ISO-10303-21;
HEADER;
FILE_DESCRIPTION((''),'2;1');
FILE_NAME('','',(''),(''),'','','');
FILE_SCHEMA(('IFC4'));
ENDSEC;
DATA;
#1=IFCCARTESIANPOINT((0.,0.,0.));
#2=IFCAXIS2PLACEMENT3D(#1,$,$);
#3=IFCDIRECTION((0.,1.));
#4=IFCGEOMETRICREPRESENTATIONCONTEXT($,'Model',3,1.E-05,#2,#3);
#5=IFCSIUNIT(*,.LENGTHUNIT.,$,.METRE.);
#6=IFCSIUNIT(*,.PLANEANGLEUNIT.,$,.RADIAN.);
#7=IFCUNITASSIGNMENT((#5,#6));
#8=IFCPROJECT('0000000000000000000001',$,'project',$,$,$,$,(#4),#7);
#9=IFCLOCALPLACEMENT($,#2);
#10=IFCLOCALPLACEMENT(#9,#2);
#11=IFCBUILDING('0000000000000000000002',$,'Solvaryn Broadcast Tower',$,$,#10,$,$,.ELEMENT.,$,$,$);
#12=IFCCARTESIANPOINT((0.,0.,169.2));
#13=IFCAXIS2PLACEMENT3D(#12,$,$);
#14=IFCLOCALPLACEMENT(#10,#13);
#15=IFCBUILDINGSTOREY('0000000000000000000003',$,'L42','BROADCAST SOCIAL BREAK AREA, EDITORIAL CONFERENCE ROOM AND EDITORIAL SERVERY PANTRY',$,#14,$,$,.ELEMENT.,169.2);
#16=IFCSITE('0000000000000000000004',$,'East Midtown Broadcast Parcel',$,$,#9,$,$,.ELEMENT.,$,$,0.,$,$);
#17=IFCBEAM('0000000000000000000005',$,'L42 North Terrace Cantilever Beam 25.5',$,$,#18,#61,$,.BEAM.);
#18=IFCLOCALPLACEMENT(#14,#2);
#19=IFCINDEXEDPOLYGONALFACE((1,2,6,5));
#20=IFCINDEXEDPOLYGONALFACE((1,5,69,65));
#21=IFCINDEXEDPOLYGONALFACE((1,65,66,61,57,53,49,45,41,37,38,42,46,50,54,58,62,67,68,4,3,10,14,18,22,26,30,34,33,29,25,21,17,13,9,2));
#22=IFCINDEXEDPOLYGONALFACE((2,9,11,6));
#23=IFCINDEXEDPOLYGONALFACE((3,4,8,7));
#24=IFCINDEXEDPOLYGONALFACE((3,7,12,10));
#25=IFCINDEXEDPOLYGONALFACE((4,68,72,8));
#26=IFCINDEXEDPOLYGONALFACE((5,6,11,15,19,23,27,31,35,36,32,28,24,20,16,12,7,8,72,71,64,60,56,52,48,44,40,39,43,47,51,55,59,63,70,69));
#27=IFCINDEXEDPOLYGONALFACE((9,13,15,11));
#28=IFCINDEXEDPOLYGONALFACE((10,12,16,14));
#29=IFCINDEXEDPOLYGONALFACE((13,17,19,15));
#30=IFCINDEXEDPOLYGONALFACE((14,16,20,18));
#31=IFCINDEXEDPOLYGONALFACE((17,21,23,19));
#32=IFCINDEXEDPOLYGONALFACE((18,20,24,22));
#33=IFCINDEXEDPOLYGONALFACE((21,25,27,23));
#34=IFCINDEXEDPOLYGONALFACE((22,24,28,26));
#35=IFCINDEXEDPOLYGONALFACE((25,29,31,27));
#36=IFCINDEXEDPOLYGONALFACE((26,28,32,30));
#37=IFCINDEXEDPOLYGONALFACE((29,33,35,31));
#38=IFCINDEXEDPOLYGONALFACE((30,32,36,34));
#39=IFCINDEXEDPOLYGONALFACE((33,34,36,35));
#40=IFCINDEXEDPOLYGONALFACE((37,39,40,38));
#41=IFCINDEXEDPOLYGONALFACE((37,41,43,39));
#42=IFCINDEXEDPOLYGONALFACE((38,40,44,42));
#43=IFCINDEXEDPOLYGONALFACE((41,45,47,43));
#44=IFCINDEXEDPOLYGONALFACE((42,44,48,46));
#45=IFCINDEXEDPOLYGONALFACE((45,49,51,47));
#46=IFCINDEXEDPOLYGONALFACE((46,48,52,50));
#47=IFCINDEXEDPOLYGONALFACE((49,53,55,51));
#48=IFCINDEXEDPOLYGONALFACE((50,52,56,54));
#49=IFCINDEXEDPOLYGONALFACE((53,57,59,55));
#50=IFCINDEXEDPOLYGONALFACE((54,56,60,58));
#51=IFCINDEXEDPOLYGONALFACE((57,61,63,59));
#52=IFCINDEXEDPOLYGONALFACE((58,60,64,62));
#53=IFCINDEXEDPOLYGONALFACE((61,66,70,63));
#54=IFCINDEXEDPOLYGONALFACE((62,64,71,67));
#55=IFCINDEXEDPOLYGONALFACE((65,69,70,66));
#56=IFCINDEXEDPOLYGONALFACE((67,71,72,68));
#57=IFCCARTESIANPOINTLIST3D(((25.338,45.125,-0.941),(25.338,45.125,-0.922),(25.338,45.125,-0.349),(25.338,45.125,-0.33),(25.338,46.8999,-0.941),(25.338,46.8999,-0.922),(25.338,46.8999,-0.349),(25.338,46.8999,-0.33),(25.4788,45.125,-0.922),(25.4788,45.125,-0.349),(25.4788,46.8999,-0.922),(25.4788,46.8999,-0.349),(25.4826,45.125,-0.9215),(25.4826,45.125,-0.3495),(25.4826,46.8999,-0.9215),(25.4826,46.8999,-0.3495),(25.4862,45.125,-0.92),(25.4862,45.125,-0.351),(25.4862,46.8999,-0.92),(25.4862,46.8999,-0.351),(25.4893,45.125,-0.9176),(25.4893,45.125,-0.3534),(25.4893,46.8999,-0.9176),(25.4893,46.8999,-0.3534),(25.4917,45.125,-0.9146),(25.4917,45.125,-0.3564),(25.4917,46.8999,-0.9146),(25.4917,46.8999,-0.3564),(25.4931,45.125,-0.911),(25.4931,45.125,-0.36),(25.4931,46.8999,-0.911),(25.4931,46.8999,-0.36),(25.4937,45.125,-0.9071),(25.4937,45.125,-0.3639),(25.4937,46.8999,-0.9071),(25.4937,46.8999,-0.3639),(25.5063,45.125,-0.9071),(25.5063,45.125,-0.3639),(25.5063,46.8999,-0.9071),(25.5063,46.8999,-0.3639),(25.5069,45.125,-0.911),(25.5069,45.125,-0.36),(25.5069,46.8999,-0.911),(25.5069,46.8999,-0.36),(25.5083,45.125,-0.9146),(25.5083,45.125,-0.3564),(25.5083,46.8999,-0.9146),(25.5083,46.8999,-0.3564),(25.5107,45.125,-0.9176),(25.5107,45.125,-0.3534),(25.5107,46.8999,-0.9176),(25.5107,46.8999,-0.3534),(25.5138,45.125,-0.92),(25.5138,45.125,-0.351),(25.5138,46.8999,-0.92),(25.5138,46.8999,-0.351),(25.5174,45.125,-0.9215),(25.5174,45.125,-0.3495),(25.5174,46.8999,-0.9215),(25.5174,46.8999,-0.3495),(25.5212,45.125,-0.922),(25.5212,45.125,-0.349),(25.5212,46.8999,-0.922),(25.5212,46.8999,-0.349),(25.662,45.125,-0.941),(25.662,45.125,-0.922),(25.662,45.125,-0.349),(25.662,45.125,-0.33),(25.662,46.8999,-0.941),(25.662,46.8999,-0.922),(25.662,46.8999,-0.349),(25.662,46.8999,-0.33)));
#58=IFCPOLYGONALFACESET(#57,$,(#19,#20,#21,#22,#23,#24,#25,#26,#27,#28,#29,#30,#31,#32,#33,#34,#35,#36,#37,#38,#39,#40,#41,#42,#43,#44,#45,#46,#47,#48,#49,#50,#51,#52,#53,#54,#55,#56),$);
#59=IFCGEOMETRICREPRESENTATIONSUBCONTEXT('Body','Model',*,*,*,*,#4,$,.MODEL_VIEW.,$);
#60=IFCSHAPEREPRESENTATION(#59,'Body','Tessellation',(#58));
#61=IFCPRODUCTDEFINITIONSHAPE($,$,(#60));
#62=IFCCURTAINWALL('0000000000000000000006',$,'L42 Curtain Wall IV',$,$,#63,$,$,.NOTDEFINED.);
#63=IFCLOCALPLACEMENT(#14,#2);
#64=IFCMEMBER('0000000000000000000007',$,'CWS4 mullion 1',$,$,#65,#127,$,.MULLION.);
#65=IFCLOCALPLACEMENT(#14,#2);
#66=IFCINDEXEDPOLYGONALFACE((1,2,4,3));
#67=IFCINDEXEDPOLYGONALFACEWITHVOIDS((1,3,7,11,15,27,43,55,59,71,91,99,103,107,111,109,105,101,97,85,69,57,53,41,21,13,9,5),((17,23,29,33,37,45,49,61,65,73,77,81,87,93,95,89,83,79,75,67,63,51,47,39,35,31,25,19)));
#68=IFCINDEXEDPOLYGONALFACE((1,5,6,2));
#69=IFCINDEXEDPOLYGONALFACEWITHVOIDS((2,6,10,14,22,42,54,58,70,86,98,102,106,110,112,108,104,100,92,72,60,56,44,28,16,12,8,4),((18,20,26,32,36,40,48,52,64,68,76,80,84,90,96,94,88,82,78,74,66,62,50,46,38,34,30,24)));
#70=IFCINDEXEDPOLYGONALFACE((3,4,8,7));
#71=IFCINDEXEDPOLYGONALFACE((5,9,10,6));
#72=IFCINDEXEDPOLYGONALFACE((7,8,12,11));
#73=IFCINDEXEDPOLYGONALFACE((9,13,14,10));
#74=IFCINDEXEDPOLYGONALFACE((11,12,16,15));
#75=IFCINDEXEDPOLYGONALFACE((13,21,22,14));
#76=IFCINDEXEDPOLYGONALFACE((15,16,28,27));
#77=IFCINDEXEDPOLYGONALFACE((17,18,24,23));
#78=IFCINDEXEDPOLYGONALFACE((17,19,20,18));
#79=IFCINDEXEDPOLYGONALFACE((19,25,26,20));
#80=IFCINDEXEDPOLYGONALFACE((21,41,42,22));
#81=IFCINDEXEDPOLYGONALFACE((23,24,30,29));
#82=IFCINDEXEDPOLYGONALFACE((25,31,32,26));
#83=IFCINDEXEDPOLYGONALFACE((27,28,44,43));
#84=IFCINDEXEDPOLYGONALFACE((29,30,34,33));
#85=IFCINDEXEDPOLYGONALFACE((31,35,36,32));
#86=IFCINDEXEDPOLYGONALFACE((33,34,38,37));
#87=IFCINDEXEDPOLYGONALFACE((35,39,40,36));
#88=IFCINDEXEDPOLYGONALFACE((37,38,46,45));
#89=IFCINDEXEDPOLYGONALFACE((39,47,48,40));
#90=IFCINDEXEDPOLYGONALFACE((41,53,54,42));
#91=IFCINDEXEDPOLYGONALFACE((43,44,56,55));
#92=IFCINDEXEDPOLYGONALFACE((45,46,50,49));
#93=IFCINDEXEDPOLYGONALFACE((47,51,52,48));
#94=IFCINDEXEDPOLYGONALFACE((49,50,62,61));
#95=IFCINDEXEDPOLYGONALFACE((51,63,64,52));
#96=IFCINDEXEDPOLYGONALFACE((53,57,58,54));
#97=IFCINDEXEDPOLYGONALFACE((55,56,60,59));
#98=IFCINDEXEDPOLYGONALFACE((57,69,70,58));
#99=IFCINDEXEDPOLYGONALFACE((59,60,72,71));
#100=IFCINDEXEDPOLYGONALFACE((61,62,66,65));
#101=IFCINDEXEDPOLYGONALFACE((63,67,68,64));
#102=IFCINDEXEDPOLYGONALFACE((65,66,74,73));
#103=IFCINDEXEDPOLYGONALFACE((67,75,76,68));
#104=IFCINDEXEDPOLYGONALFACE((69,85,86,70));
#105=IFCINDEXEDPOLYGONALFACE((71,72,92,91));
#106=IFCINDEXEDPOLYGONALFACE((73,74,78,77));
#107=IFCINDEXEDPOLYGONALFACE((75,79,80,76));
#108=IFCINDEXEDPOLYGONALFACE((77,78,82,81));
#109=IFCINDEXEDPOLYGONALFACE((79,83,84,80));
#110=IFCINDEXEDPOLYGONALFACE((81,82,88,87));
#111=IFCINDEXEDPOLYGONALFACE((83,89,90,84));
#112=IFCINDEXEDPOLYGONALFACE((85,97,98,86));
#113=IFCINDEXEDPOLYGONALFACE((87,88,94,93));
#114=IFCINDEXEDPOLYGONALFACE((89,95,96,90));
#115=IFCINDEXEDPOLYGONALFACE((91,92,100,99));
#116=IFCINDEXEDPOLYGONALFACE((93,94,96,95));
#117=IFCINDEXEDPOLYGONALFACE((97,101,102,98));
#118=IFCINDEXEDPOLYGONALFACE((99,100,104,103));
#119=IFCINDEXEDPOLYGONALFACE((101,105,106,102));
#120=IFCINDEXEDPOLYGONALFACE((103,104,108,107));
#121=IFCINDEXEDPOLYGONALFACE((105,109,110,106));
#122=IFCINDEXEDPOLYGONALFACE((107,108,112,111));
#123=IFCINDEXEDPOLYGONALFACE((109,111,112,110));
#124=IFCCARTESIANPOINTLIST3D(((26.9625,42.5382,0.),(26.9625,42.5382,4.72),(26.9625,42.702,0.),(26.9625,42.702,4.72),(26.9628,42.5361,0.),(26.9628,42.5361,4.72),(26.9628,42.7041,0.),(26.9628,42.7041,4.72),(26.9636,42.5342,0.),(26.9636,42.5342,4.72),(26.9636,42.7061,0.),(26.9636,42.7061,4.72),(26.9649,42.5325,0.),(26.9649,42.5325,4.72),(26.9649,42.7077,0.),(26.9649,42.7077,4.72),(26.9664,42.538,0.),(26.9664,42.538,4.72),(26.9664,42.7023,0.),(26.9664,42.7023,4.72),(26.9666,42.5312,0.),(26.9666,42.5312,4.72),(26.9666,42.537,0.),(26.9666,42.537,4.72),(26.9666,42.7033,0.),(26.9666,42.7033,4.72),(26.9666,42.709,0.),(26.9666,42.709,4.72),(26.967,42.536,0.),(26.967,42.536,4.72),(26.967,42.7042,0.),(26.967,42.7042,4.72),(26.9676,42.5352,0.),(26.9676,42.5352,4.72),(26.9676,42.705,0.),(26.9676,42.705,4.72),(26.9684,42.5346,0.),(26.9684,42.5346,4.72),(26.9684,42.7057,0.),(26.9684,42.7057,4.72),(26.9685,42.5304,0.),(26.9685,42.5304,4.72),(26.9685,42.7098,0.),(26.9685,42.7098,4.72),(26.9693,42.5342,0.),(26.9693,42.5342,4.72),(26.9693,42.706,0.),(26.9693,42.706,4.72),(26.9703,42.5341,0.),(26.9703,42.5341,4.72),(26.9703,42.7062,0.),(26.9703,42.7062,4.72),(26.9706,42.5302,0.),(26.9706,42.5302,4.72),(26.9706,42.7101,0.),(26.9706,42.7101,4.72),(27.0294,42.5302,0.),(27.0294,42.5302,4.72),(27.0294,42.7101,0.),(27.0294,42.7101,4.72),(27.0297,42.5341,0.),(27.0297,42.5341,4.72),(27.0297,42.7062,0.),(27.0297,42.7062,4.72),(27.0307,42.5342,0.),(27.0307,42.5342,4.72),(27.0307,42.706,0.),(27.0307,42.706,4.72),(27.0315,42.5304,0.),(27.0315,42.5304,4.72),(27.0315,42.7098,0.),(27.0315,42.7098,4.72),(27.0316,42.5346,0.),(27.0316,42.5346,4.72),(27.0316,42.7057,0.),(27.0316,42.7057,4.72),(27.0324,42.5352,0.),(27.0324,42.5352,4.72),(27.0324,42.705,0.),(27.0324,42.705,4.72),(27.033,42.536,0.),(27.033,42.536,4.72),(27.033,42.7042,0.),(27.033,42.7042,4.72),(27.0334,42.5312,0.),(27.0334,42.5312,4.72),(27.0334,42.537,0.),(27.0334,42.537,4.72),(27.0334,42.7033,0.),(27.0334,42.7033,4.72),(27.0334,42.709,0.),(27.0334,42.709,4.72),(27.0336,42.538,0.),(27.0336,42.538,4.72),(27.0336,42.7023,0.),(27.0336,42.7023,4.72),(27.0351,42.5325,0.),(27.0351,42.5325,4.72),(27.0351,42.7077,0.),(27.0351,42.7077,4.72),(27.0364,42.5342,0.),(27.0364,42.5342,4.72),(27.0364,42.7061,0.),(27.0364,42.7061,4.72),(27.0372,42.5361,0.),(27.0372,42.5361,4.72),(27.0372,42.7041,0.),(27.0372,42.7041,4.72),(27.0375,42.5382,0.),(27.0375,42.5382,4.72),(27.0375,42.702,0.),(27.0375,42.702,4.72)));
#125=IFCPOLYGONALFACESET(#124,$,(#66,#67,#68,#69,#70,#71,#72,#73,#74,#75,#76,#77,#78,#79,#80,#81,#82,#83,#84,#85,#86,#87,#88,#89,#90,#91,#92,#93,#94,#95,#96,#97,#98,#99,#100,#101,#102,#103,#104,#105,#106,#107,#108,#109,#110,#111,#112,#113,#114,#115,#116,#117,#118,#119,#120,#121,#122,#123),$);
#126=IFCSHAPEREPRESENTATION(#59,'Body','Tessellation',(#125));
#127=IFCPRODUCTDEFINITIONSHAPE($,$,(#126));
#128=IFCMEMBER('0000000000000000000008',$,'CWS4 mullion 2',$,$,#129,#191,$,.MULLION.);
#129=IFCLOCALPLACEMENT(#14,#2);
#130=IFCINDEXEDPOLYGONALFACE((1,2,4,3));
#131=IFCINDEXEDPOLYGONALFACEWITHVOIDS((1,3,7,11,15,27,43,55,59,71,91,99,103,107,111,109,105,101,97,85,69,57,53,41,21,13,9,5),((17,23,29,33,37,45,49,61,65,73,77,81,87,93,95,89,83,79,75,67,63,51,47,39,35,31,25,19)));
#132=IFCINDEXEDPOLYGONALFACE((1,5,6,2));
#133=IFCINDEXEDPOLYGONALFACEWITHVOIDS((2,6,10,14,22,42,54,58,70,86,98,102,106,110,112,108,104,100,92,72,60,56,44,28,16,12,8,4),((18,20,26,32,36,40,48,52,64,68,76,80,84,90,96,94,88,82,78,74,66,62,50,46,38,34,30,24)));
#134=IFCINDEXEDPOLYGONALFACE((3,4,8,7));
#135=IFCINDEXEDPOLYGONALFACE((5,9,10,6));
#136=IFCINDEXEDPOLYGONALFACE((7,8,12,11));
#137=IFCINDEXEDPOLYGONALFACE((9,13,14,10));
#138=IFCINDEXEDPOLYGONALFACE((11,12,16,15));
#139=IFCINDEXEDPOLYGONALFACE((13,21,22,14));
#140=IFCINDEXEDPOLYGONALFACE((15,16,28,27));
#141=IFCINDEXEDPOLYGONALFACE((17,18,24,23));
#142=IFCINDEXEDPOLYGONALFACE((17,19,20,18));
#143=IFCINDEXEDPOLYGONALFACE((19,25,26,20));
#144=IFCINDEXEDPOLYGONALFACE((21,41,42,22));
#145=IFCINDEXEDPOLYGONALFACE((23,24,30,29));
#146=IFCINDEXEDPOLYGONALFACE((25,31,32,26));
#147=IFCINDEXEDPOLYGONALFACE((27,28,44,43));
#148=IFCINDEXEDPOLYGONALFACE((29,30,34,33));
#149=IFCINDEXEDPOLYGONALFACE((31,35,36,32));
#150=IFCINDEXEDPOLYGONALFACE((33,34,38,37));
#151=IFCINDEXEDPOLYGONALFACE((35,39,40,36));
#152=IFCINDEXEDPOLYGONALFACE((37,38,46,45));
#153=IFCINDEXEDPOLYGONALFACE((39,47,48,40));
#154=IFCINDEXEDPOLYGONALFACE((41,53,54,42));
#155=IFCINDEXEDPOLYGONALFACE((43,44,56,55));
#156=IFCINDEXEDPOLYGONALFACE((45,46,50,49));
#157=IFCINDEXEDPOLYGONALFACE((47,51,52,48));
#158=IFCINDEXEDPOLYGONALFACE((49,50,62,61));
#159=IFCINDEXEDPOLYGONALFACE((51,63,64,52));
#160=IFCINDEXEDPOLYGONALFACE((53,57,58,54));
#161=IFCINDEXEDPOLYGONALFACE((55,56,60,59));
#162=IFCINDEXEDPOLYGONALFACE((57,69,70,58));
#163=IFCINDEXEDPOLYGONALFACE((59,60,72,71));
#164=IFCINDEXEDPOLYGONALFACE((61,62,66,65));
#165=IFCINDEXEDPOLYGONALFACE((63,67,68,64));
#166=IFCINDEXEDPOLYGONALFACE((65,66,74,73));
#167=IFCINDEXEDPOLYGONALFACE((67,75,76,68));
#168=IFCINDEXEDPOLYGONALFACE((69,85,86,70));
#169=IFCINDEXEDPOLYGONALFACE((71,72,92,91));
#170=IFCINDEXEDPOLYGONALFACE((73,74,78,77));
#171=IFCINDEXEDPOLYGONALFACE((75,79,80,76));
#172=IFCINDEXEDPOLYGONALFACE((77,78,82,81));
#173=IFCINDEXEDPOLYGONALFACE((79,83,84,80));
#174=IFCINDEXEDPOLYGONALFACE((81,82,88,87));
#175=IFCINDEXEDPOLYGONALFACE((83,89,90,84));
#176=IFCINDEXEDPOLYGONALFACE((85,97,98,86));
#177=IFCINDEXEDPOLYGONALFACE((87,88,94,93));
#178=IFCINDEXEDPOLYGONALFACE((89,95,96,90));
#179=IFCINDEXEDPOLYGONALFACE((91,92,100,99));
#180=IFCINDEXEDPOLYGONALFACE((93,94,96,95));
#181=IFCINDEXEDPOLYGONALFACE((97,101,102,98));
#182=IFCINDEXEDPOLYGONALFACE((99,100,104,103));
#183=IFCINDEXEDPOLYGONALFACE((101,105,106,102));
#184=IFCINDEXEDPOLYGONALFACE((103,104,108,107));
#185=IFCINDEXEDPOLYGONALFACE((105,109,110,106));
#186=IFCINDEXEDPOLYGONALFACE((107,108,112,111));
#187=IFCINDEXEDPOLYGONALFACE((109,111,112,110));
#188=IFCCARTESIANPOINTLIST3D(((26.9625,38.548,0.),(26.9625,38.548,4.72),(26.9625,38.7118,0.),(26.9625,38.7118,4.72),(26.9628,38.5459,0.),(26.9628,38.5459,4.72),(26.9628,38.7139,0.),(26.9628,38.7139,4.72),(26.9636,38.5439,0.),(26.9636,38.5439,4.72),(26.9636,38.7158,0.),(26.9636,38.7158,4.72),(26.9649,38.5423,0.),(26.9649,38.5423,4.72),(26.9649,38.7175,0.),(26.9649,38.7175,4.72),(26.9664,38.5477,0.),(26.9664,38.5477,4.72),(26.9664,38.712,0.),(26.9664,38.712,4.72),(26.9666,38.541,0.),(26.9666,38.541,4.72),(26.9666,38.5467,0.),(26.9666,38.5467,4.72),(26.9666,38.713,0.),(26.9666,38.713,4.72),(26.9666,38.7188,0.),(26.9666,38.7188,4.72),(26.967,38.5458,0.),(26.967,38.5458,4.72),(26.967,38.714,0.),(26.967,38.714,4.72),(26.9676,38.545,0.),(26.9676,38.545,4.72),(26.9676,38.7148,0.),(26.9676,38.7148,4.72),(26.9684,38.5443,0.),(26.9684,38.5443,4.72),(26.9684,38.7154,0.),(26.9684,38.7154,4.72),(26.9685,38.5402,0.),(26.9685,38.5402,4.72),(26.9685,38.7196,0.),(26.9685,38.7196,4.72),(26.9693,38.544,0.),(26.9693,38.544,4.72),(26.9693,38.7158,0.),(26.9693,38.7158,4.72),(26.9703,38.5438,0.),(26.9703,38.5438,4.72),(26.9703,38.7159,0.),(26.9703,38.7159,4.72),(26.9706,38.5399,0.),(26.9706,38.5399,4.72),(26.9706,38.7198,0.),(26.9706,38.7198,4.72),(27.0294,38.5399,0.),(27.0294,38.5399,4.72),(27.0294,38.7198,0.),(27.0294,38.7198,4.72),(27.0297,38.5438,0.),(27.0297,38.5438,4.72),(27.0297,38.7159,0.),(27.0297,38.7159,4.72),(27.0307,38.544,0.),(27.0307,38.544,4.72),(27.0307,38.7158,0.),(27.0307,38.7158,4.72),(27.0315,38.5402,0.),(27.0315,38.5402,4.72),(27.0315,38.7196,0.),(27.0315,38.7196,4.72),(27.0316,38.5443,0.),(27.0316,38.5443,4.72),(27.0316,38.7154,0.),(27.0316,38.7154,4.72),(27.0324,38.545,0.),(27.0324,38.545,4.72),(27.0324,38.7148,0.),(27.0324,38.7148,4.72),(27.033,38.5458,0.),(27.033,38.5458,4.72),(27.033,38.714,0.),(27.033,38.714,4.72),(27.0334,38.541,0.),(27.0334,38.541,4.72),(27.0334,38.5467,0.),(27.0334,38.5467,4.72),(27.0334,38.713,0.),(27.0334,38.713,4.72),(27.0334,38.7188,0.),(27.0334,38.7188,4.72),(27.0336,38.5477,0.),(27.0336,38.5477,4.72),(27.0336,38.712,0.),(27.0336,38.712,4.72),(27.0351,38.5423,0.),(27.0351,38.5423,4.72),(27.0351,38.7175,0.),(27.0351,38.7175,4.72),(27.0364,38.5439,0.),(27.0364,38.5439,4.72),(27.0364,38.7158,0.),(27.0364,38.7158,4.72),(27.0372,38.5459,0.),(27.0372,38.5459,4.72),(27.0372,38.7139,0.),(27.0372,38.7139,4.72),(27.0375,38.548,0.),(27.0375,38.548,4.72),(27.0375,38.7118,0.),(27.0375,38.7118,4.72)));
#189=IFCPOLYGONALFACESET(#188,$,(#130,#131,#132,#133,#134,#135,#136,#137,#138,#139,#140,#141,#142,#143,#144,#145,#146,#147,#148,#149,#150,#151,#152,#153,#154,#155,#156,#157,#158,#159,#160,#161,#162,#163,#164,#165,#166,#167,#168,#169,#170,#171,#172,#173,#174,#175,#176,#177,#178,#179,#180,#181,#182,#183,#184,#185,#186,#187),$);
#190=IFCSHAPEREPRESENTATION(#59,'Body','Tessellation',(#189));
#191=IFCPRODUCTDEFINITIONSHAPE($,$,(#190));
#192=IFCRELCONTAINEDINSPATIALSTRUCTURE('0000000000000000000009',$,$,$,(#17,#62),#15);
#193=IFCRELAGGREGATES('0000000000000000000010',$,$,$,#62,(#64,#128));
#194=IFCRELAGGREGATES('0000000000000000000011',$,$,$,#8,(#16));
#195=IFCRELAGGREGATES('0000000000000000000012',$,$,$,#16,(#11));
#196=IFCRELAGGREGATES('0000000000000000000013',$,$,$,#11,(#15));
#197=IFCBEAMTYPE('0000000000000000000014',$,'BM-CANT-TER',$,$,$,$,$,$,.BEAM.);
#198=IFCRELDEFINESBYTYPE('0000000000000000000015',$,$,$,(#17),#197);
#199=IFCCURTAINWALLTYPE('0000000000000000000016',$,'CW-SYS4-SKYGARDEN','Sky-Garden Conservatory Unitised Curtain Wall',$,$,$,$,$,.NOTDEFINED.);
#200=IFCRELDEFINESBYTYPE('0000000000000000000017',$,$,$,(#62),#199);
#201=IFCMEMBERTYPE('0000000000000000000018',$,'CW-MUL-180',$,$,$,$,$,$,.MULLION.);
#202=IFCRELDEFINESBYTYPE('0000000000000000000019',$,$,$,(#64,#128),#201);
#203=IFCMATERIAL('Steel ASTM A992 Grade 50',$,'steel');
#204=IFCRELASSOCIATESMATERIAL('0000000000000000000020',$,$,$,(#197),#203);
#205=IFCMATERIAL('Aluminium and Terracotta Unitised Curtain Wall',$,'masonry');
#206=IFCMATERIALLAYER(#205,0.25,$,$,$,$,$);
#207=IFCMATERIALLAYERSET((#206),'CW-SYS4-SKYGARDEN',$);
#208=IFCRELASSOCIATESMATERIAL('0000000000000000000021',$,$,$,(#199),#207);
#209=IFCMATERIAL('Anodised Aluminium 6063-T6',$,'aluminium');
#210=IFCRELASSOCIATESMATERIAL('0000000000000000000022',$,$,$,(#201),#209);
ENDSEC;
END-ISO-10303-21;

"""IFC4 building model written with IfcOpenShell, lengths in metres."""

from ifc_helpers import new_model, si_unit, direction, frame, origin, origin_2d, place, context, subcontext, project, spatial, hollow_rectangle, i_section, extrude, material, layer, layer_set, material_profile, profile_set, type_object, element, aggregate, save


model = new_model("IFC4")

# Units and contexts
model_context = context("Model", 3, precision=1e-05, world=origin(), true_north=direction((0.0, 1.0)))
body_context = subcontext(model_context, "Body", "Model", "MODEL_VIEW")
ifc_project = project(units=[si_unit("LENGTHUNIT", "METRE"), si_unit("PLANEANGLEUNIT", "RADIAN")], contexts=[model_context])

# Site, building, storey
site_placement = place(None, origin())
site = spatial("IfcSite", under=ifc_project, at=site_placement, Name="East Midtown Broadcast Parcel", CompositionType="ELEMENT", RefElevation=0.0)
building_placement = place(site_placement, origin())
building = spatial("IfcBuilding", under=site, at=building_placement, Name="Solvaryn Broadcast Tower", CompositionType="ELEMENT")
storey_placement = place(building_placement, frame((0.0, 0.0, 169.2)))
storey = spatial("IfcBuildingStorey", under=building, at=storey_placement, Name="L42", Description="BROADCAST SOCIAL BREAK AREA, EDITORIAL CONFERENCE ROOM AND EDITORIAL SERVERY PANTRY", CompositionType="ELEMENT", Elevation=169.2)

# Beam
ifc_material_1 = material(Name="Steel ASTM A992 Grade 50", Category="steel")
ifc_material_profile_1 = material_profile(ifc_material_1, i_section(OverallWidth=0.324, OverallDepth=0.6111, WebThickness=0.0127, FlangeThickness=0.019, FilletRadius=0.0149, at=origin_2d()))
ifc_profile_set_1 = profile_set([ifc_material_profile_1], Name="Steel ASTM A992 Grade 50")
beam_type = type_object("IfcBeamType", Name="BM-CANT-TER", PredefinedType="BEAM", material=ifc_profile_set_1)
beam_placement = place(storey_placement, frame((25.5, 45.125, -0.6355), z_axis=(0.0, 1.0, 0.0), x_axis=(-1.0, 0.0, 0.0)))
element("IfcBeam", 1, at=beam_placement, inside=storey, type_object=beam_type, Name="L42 North Terrace Cantilever Beam 25.5", PredefinedType="BEAM", context=body_context, shape_type="SweptSolid", body=[
    extrude(i_section(OverallWidth=0.324, OverallDepth=0.6111, WebThickness=0.0127, FlangeThickness=0.019, FilletRadius=0.0149, at=origin_2d()), origin(), (0.0, 0.0, 1.0), 1.7749),
])

# Curtain wall, members
ifc_material_2 = material(Name="Aluminium and Terracotta Unitised Curtain Wall", Category="masonry")
ifc_layer_1 = layer(ifc_material_2, 0.25)
ifc_layer_set_1 = layer_set([ifc_layer_1], Name="CW-SYS4-SKYGARDEN")
curtain_wall_type = type_object("IfcCurtainWallType", Name="CW-SYS4-SKYGARDEN", Description="Sky-Garden Conservatory Unitised Curtain Wall", PredefinedType="NOTDEFINED", material=ifc_layer_set_1)
curtain_wall_placement = place(storey_placement, origin())
curtain_wall = element("IfcCurtainWall", 2, at=curtain_wall_placement, inside=storey, type_object=curtain_wall_type, Name="L42 Curtain Wall IV", PredefinedType="NOTDEFINED")
ifc_material_3 = material(Name="Anodised Aluminium 6063-T6", Category="aluminium")
ifc_material_profile_2 = material_profile(ifc_material_3, hollow_rectangle(XDim=0.075, YDim=0.1799, WallThickness=0.0039, InnerFilletRadius=0.0039, OuterFilletRadius=0.0081, at=origin_2d()))
ifc_profile_set_2 = profile_set([ifc_material_profile_2], Name="Anodised Aluminium 6063-T6")
member_type_1 = type_object("IfcMemberType", Name="CW-MUL-180", PredefinedType="MULLION", material=ifc_profile_set_2)
member_1_placement = place(storey_placement, frame((27.0, 42.6201, 0.0), z_axis=(0.0, 0.0, 1.0), x_axis=(1.0, 0.0, 0.0)))
member_1 = element("IfcMember", 3, at=member_1_placement, type_object=member_type_1, Name="CWS4 mullion 1", PredefinedType="MULLION", context=body_context, shape_type="SweptSolid", body=[
    extrude(hollow_rectangle(XDim=0.075, YDim=0.1799, WallThickness=0.0039, InnerFilletRadius=0.0039, OuterFilletRadius=0.0081, at=origin_2d()), origin(), (0.0, 0.0, 1.0), 4.72),
])
member_2_placement = place(storey_placement, frame((27.0, 38.6299, 0.0), z_axis=(0.0, 0.0, 1.0), x_axis=(1.0, 0.0, 0.0)))
member_2 = element("IfcMember", 4, at=member_2_placement, type_object=member_type_1, Name="CWS4 mullion 2", PredefinedType="MULLION", context=body_context, shape_type="SweptSolid", body=[
    extrude(hollow_rectangle(XDim=0.075, YDim=0.1799, WallThickness=0.0039, InnerFilletRadius=0.0039, OuterFilletRadius=0.0081, at=origin_2d()), origin(), (0.0, 0.0, 1.0), 4.72),
])
aggregate(curtain_wall, [member_1, member_2])

save(model, "model.ifc")
